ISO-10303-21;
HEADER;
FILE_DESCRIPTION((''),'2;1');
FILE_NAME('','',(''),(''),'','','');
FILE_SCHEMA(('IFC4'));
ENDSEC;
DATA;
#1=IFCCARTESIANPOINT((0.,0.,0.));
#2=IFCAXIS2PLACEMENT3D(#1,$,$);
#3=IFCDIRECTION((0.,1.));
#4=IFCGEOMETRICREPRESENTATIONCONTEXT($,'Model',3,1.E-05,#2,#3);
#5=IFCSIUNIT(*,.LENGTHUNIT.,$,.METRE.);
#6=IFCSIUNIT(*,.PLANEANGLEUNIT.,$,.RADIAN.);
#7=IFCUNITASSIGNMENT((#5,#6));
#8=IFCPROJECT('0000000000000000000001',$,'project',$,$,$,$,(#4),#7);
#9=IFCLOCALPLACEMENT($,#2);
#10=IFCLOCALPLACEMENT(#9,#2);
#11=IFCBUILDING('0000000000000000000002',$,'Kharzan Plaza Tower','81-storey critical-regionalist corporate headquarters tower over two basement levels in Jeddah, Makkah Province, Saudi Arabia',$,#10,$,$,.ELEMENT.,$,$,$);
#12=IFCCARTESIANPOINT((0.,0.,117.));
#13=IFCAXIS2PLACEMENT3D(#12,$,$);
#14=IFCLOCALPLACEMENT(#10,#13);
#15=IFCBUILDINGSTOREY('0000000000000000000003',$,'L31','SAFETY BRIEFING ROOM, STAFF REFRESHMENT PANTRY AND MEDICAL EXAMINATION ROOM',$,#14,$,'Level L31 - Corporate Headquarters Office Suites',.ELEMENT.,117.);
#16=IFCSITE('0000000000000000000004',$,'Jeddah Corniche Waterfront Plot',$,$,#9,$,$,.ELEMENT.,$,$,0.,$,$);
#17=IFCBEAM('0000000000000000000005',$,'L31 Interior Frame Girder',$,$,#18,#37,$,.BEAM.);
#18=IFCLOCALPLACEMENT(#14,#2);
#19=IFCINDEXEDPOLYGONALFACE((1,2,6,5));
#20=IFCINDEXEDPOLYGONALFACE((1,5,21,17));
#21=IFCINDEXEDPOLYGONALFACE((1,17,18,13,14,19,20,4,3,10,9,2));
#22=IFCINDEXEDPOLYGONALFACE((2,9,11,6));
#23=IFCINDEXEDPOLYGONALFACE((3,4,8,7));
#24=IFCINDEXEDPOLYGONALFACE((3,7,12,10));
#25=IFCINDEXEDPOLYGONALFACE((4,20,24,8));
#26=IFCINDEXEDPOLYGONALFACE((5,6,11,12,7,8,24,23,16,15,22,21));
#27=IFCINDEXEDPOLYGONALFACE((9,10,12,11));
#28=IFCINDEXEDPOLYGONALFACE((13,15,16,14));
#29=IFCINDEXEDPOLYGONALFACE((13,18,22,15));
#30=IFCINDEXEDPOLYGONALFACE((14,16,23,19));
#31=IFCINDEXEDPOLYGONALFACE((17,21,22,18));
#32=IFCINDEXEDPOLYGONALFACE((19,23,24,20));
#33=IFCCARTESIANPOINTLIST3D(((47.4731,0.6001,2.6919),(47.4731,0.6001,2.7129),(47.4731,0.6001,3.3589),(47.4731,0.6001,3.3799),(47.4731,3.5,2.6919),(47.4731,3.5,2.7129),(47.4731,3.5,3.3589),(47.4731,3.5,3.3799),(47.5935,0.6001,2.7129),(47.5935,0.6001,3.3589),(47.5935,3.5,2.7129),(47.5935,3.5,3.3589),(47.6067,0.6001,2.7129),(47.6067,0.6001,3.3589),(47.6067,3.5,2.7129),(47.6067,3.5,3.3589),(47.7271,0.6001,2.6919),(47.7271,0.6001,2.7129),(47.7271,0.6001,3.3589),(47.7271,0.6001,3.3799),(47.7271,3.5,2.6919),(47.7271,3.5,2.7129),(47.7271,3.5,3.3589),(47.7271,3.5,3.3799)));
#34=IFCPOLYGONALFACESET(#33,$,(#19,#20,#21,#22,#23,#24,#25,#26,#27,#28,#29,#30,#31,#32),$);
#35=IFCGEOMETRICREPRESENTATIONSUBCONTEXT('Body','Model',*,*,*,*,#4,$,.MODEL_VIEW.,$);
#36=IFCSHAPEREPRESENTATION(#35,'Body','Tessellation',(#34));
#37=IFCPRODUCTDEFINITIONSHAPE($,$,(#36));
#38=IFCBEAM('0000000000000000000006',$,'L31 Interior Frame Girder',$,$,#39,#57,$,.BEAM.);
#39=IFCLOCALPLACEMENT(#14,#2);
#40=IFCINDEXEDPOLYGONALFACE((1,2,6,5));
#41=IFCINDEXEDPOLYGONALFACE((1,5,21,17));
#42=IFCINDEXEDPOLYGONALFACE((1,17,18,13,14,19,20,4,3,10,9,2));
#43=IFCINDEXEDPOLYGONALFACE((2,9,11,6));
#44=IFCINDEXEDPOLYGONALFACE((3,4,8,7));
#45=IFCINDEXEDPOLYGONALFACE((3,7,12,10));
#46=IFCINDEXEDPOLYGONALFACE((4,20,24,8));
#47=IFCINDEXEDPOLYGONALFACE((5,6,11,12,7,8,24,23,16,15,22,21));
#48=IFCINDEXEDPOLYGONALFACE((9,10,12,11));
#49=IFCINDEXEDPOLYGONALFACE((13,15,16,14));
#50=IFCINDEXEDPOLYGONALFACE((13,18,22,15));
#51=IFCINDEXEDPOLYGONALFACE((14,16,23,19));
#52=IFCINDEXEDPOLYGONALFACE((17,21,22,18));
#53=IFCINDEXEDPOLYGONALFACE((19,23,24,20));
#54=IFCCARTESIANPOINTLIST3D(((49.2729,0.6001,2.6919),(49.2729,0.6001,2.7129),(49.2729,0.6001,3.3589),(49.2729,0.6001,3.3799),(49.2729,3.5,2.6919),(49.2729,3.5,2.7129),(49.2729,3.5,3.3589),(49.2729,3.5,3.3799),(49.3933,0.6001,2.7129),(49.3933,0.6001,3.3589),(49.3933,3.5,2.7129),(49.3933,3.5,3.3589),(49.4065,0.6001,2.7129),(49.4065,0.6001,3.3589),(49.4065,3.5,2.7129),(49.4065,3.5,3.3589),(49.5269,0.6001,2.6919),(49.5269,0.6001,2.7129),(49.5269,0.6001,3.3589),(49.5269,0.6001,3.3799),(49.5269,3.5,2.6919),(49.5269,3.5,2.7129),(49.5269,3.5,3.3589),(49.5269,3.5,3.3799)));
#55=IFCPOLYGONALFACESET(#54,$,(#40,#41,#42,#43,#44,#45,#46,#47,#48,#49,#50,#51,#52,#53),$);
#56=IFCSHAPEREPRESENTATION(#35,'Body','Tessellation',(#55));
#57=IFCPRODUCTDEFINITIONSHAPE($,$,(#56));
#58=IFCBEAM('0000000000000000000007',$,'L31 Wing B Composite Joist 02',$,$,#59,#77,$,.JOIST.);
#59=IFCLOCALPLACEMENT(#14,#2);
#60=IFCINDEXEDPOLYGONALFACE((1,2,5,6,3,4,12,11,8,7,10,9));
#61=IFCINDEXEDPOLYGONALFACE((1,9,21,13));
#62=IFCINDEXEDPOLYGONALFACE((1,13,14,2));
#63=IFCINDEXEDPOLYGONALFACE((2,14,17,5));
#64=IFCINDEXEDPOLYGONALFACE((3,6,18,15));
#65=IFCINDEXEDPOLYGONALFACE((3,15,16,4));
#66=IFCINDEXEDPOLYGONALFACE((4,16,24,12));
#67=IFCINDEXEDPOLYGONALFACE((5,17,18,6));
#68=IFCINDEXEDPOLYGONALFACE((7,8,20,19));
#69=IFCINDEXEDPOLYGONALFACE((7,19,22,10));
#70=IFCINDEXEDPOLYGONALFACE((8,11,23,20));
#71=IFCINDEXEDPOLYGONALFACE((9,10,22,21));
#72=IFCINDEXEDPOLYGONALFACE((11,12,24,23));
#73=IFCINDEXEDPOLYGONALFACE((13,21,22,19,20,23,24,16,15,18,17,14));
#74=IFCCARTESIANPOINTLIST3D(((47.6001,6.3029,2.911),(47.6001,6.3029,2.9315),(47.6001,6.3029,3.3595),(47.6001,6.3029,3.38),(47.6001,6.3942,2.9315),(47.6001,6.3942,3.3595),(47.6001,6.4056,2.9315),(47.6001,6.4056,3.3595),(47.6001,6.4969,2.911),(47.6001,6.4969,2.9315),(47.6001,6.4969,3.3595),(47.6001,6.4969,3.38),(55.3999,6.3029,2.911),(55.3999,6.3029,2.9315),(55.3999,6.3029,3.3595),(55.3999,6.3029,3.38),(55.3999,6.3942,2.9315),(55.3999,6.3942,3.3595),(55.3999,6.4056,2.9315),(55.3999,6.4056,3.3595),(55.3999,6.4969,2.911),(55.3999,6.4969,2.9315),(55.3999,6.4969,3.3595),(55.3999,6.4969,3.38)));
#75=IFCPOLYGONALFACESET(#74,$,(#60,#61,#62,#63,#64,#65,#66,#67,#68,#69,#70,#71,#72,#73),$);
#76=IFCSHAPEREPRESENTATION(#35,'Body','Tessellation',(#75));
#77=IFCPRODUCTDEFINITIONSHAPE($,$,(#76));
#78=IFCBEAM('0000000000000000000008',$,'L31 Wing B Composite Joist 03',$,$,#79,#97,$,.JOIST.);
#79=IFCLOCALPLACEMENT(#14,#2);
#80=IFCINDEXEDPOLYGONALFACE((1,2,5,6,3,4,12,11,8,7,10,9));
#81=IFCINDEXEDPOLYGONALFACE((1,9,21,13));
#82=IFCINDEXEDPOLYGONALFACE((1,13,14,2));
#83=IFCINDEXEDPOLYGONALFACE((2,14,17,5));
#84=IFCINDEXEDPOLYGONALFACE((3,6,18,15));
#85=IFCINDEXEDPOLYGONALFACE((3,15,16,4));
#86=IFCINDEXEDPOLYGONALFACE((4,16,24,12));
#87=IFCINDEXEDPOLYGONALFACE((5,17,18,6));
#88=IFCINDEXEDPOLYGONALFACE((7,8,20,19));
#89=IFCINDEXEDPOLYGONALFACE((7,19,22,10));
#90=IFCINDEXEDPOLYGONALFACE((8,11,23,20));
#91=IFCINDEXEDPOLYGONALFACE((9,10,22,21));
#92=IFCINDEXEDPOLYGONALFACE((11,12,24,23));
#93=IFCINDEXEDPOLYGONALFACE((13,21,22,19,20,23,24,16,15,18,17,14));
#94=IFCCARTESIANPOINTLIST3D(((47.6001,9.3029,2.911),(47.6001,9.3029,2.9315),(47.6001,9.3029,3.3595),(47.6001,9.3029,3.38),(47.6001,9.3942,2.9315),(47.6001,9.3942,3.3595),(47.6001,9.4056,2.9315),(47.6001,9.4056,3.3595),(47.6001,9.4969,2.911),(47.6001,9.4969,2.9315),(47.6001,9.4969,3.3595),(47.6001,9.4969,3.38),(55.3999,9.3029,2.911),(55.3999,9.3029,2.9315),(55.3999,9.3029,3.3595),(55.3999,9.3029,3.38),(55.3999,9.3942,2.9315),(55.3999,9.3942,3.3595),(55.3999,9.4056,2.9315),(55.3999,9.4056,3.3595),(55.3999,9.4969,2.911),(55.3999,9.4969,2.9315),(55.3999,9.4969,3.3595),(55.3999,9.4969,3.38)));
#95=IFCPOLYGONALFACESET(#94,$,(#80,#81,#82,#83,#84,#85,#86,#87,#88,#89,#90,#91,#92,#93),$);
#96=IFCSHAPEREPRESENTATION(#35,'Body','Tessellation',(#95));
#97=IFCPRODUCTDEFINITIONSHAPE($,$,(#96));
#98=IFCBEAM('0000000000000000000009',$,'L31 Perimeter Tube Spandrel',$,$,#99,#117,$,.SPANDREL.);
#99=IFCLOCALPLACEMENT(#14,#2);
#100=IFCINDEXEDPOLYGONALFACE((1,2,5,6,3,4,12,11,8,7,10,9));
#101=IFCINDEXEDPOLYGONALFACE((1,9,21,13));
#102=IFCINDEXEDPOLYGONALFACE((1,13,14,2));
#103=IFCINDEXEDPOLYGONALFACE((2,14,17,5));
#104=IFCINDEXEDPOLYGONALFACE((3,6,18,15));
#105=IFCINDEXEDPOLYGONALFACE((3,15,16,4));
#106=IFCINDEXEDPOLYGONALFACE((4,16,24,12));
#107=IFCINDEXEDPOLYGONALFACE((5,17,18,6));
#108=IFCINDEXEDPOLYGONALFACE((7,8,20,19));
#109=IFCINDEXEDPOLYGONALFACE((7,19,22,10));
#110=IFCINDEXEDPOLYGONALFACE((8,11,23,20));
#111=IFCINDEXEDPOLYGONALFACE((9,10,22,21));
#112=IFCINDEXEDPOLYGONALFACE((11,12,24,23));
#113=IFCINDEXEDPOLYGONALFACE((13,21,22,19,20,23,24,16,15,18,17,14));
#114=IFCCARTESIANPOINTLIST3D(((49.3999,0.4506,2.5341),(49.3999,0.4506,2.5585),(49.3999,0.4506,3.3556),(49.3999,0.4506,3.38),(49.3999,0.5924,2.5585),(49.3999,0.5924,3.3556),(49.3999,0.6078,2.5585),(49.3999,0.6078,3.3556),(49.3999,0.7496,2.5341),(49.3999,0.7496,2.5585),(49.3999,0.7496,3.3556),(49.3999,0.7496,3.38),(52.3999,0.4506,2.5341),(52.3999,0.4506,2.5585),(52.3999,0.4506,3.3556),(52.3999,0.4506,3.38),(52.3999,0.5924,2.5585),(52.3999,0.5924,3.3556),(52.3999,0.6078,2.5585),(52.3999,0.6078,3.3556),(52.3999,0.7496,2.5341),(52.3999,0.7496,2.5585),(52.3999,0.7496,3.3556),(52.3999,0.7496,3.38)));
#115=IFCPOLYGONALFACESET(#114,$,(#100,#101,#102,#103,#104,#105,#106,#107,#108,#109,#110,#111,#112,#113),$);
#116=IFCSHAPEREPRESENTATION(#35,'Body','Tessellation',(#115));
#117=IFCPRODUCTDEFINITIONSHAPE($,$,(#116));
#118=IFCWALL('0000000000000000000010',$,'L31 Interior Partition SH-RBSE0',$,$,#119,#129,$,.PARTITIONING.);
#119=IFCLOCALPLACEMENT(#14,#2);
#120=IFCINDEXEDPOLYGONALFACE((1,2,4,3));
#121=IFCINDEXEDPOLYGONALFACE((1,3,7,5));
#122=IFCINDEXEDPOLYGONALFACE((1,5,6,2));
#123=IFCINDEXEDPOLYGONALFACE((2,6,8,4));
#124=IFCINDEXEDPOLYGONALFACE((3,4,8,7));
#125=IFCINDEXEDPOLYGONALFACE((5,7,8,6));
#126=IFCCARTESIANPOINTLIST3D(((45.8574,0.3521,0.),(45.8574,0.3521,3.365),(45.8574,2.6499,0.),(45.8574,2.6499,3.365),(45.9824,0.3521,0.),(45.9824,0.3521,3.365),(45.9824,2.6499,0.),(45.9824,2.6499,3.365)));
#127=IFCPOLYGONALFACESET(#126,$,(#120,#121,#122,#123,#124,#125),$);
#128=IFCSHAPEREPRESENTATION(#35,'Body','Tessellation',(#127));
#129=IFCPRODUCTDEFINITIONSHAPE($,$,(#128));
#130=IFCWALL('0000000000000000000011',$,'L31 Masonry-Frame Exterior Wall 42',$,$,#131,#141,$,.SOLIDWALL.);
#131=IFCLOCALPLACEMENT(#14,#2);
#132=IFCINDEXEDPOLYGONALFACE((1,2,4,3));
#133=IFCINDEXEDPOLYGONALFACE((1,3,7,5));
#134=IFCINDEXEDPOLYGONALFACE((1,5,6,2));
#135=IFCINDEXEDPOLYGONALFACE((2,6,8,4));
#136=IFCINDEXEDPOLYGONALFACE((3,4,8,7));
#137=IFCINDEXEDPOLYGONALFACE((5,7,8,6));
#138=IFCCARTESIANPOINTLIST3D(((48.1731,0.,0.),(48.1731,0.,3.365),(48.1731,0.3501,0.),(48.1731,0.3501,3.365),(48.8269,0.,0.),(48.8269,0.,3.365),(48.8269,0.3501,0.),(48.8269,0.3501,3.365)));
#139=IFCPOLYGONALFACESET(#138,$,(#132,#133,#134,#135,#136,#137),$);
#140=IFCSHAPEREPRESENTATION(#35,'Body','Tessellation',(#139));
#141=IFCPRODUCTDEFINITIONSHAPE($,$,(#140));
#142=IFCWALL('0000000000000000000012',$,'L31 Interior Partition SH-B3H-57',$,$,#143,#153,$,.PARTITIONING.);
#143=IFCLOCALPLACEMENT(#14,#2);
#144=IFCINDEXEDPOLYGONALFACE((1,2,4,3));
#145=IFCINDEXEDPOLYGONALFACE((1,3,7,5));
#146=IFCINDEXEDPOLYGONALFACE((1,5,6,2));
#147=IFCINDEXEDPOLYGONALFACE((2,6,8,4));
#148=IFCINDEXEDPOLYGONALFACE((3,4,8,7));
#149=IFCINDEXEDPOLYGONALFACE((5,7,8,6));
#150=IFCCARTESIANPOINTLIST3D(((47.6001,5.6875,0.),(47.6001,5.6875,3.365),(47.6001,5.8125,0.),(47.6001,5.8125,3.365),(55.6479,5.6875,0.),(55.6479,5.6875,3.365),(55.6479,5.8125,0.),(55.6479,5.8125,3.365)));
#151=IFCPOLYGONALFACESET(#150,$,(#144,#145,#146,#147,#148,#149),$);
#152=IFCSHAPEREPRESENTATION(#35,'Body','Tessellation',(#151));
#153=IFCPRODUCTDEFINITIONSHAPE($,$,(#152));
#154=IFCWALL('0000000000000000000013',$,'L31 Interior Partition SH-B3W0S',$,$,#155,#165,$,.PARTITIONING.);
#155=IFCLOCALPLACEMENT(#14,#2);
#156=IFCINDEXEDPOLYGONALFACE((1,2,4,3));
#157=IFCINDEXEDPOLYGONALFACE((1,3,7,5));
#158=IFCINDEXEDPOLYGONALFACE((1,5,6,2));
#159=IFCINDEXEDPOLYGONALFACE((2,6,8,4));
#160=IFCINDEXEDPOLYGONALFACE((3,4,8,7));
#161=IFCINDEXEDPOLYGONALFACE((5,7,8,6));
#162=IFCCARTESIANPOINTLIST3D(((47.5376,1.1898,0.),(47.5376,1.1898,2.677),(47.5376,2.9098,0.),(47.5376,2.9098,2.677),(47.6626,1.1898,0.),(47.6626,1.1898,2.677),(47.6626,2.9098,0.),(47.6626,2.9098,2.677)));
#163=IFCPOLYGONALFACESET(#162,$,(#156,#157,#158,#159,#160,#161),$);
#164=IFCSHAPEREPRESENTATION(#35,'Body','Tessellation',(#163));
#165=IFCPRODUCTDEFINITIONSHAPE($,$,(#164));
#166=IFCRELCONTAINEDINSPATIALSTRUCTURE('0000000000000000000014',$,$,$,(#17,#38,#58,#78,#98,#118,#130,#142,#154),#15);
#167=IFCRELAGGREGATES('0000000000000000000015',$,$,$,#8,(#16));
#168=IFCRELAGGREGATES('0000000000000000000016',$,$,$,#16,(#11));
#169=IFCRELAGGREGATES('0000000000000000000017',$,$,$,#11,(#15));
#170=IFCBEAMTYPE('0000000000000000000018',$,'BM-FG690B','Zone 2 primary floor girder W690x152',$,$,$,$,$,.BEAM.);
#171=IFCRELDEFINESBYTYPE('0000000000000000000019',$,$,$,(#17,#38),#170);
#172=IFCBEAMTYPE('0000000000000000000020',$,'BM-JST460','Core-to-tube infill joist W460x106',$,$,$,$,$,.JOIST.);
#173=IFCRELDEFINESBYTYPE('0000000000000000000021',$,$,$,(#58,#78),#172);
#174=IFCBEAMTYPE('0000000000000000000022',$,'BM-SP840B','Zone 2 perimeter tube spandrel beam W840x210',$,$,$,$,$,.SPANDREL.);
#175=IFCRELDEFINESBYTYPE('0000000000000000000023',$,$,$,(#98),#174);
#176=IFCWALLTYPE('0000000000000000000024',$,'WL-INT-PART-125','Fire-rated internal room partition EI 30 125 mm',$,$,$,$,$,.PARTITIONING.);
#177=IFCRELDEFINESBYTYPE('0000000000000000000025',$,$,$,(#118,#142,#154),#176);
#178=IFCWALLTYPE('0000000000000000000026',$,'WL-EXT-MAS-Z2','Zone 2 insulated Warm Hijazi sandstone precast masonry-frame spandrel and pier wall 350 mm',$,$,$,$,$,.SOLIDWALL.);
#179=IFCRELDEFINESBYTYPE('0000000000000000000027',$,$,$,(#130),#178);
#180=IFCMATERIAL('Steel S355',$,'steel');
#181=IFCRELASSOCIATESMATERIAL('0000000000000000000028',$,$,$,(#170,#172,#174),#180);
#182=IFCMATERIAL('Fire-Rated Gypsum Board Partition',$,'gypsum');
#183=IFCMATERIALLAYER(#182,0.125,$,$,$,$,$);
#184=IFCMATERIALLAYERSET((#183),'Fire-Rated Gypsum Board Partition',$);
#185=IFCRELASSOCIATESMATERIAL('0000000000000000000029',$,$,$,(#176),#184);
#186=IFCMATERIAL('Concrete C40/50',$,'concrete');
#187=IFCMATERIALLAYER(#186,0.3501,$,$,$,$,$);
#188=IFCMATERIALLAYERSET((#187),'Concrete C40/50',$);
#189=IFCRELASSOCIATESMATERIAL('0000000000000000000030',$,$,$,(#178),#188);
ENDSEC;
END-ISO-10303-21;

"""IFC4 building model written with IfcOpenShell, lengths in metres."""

from ifc_helpers import new_model, si_unit, direction, frame, frame_2d, origin, origin_2d, place, context, subcontext, project, spatial, rectangle, i_section, extrude, source, transform, mapped, material, layer, layer_set, material_profile, profile_set, type_object, element, save


model = new_model("IFC4")

# Units and contexts
model_context = context("Model", 3, precision=1e-05, world=origin(), true_north=direction((0.0, 1.0)))
body_context = subcontext(model_context, "Body", "Model", "MODEL_VIEW")
ifc_project = project(units=[si_unit("LENGTHUNIT", "METRE"), si_unit("PLANEANGLEUNIT", "RADIAN")], contexts=[model_context])

# Site, building, storey
site_placement = place(None, origin())
site = spatial("IfcSite", under=ifc_project, at=site_placement, Name="Jeddah Corniche Waterfront Plot", CompositionType="ELEMENT", RefElevation=0.0)
building_placement = place(site_placement, origin())
building = spatial("IfcBuilding", under=site, at=building_placement, Name="Kharzan Plaza Tower", Description="81-storey critical-regionalist corporate headquarters tower over two basement levels in Jeddah, Makkah Province, Saudi Arabia", CompositionType="ELEMENT")
storey_placement = place(building_placement, frame((0.0, 0.0, 117.0)))
storey = spatial("IfcBuildingStorey", under=building, at=storey_placement, Name="L31", Description="SAFETY BRIEFING ROOM, STAFF REFRESHMENT PANTRY AND MEDICAL EXAMINATION ROOM", LongName="Level L31 - Corporate Headquarters Office Suites", CompositionType="ELEMENT", Elevation=117.0)

# Beams
ifc_material_1 = material(Name="Steel S355", Category="steel")
ifc_material_profile_1 = material_profile(ifc_material_1, i_section(OverallWidth=0.2539, OverallDepth=0.688, WebThickness=0.0132, FlangeThickness=0.021, at=origin_2d()), Name="W690x152")
ifc_profile_set_1 = profile_set([ifc_material_profile_1], Name="Steel S355")
beam_type_1 = type_object("IfcBeamType", Name="BM-FG690B", Description="Zone 2 primary floor girder W690x152", PredefinedType="BEAM", material=ifc_profile_set_1)
shared_shape_1 = source(origin(), body_context, "Body", "SweptSolid", [
    extrude(i_section(OverallWidth=0.2539, OverallDepth=0.688, WebThickness=0.0132, FlangeThickness=0.021, at=origin_2d()), origin(), (0.0, 0.0, 1.0), 2.8999),
])
for number, where, z_axis, x_axis, name in (
    (1, (47.6001, 0.6001, 3.0359), (0.0, 1.0, 0.0), (-1.0, 0.0, 0.0), "L31 Interior Frame Girder"),
    (2, (49.3999, 0.6001, 3.0359), (0.0, 1.0, 0.0), (-1.0, 0.0, 0.0), "L31 Interior Frame Girder"),
):
    element("IfcBeam", number, at=place(storey_placement, frame(where, z_axis=z_axis, x_axis=x_axis)), inside=storey, type_object=beam_type_1, Name=name, PredefinedType="BEAM", context=body_context, shape_type="MappedRepresentation", body=[
        mapped(shared_shape_1, transform((0.0, 0.0, 0.0), x_axis=(1.0, 0.0, 0.0), y_axis=(0.0, 1.0, 0.0), z_axis=(0.0, 0.0, 1.0))),
    ])
ifc_material_profile_2 = material_profile(ifc_material_1, i_section(OverallWidth=0.1941, OverallDepth=0.469, WebThickness=0.0115, FlangeThickness=0.0205, at=origin_2d()), Name="W460x106")
ifc_profile_set_2 = profile_set([ifc_material_profile_2], Name="Steel S355")
beam_type_2 = type_object("IfcBeamType", Name="BM-JST460", Description="Core-to-tube infill joist W460x106", PredefinedType="JOIST", material=ifc_profile_set_2)
shared_shape_2 = source(origin(), body_context, "Body", "SweptSolid", [
    extrude(i_section(OverallWidth=0.1941, OverallDepth=0.469, WebThickness=0.0115, FlangeThickness=0.0205, at=origin_2d()), origin(), (0.0, 0.0, 1.0), 7.7998),
])
for number, where, z_axis, x_axis, name in (
    (3, (47.6001, 6.3999, 3.1455), (1.0, 0.0, 0.0), (0.0, 1.0, 0.0), "L31 Wing B Composite Joist 02"),
    (4, (47.6001, 9.3999, 3.1455), (1.0, 0.0, 0.0), (0.0, 1.0, 0.0), "L31 Wing B Composite Joist 03"),
):
    element("IfcBeam", number, at=place(storey_placement, frame(where, z_axis=z_axis, x_axis=x_axis)), inside=storey, type_object=beam_type_2, Name=name, PredefinedType="JOIST", context=body_context, shape_type="MappedRepresentation", body=[
        mapped(shared_shape_2, transform((0.0, 0.0, 0.0), x_axis=(1.0, 0.0, 0.0), y_axis=(0.0, 1.0, 0.0), z_axis=(0.0, 0.0, 1.0))),
    ])
ifc_material_profile_3 = material_profile(ifc_material_1, i_section(OverallWidth=0.2991, OverallDepth=0.8459, WebThickness=0.0154, FlangeThickness=0.0244, at=origin_2d()), Name="W840x210")
ifc_profile_set_3 = profile_set([ifc_material_profile_3], Name="Steel S355")
beam_type_3 = type_object("IfcBeamType", Name="BM-SP840B", Description="Zone 2 perimeter tube spandrel beam W840x210", PredefinedType="SPANDREL", material=ifc_profile_set_3)
shared_shape_3 = source(origin(), body_context, "Body", "SweptSolid", [
    extrude(i_section(OverallWidth=0.2991, OverallDepth=0.8459, WebThickness=0.0154, FlangeThickness=0.0244, at=origin_2d()), origin(), (0.0, 0.0, 1.0), 3.0),
])
beam_1_placement = place(storey_placement, frame((49.3999, 0.6001, 2.957), z_axis=(1.0, 0.0, 0.0), x_axis=(0.0, 1.0, 0.0)))
element("IfcBeam", 5, at=beam_1_placement, inside=storey, type_object=beam_type_3, Name="L31 Perimeter Tube Spandrel", PredefinedType="SPANDREL", context=body_context, shape_type="MappedRepresentation", body=[
    mapped(shared_shape_3, transform((0.0, 0.0, 0.0), x_axis=(1.0, 0.0, 0.0), y_axis=(0.0, 1.0, 0.0), z_axis=(0.0, 0.0, 1.0))),
])

# Shared definitions
ifc_material_2 = material(Name="Fire-Rated Gypsum Board Partition", Category="gypsum")
ifc_layer_1 = layer(ifc_material_2, 0.125)
ifc_layer_set_1 = layer_set([ifc_layer_1], Name="Fire-Rated Gypsum Board Partition")
wall_type_1 = type_object("IfcWallType", Name="WL-INT-PART-125", Description="Fire-rated internal room partition EI 30 125 mm", PredefinedType="PARTITIONING", material=ifc_layer_set_1)

# Walls
shared_shape_4 = source(origin(), body_context, "Body", "SweptSolid", [
    extrude(rectangle(XDim=2.2979, YDim=0.125, at=frame_2d((1.1489, 0.0))), origin(), (0.0, 0.0, 1.0), 3.365),
])
wall_1_placement = place(storey_placement, frame((45.9199, 0.3521, 0.0), z_axis=(0.0, 0.0, 1.0), x_axis=(0.0, 1.0, 0.0)))
element("IfcWall", 6, at=wall_1_placement, inside=storey, type_object=wall_type_1, Name="L31 Interior Partition SH-RBSE0", PredefinedType="PARTITIONING", context=body_context, shape_type="MappedRepresentation", body=[
    mapped(shared_shape_4, transform((0.0, 0.0, 0.0), x_axis=(1.0, 0.0, 0.0), y_axis=(0.0, 1.0, 0.0), z_axis=(0.0, 0.0, 1.0))),
])
ifc_material_3 = material(Name="Concrete C40/50", Category="concrete")
ifc_layer_2 = layer(ifc_material_3, 0.3501)
ifc_layer_set_2 = layer_set([ifc_layer_2], Name="Concrete C40/50")
wall_type_2 = type_object("IfcWallType", Name="WL-EXT-MAS-Z2", Description="Zone 2 insulated Warm Hijazi sandstone precast masonry-frame spandrel and pier wall 350 mm", PredefinedType="SOLIDWALL", material=ifc_layer_set_2)
shared_shape_5 = source(origin(), body_context, "Body", "SweptSolid", [
    extrude(rectangle(XDim=0.6538, YDim=0.3501, at=frame_2d((0.3269, 0.0))), origin(), (0.0, 0.0, 1.0), 3.365),
])
wall_2_placement = place(storey_placement, frame((48.1731, 0.175, 0.0), z_axis=(0.0, 0.0, 1.0), x_axis=(1.0, 0.0, 0.0)))
element("IfcWall", 7, at=wall_2_placement, inside=storey, type_object=wall_type_2, Name="L31 Masonry-Frame Exterior Wall 42", PredefinedType="SOLIDWALL", context=body_context, shape_type="MappedRepresentation", body=[
    mapped(shared_shape_5, transform((0.0, 0.0, 0.0), x_axis=(1.0, 0.0, 0.0), y_axis=(0.0, 1.0, 0.0), z_axis=(0.0, 0.0, 1.0))),
])
shared_shape_6 = source(origin(), body_context, "Body", "SweptSolid", [
    extrude(rectangle(XDim=8.0479, YDim=0.125, at=frame_2d((4.0239, 0.0))), origin(), (0.0, 0.0, 1.0), 3.365),
])
wall_3_placement = place(storey_placement, frame((47.6001, 5.75, 0.0), z_axis=(0.0, 0.0, 1.0), x_axis=(1.0, 0.0, 0.0)))
element("IfcWall", 8, at=wall_3_placement, inside=storey, type_object=wall_type_1, Name="L31 Interior Partition SH-B3H-57", PredefinedType="PARTITIONING", context=body_context, shape_type="MappedRepresentation", body=[
    mapped(shared_shape_6, transform((0.0, 0.0, 0.0), x_axis=(1.0, 0.0, 0.0), y_axis=(0.0, 1.0, 0.0), z_axis=(0.0, 0.0, 1.0))),
])
shared_shape_7 = source(origin(), body_context, "Body", "SweptSolid", [
    extrude(rectangle(XDim=1.72, YDim=0.125, at=frame_2d((0.8599, 0.0))), origin(), (0.0, 0.0, 1.0), 2.677),
])
wall_4_placement = place(storey_placement, frame((47.6001, 1.1899, 0.0), z_axis=(0.0, 0.0, 1.0), x_axis=(0.0, 1.0, 0.0)))
element("IfcWall", 9, at=wall_4_placement, inside=storey, type_object=wall_type_1, Name="L31 Interior Partition SH-B3W0S", PredefinedType="PARTITIONING", context=body_context, shape_type="MappedRepresentation", body=[
    mapped(shared_shape_7, transform((0.0, 0.0, 0.0), x_axis=(1.0, 0.0, 0.0), y_axis=(0.0, 1.0, 0.0), z_axis=(0.0, 0.0, 1.0))),
])

save(model, "model.ifc")
